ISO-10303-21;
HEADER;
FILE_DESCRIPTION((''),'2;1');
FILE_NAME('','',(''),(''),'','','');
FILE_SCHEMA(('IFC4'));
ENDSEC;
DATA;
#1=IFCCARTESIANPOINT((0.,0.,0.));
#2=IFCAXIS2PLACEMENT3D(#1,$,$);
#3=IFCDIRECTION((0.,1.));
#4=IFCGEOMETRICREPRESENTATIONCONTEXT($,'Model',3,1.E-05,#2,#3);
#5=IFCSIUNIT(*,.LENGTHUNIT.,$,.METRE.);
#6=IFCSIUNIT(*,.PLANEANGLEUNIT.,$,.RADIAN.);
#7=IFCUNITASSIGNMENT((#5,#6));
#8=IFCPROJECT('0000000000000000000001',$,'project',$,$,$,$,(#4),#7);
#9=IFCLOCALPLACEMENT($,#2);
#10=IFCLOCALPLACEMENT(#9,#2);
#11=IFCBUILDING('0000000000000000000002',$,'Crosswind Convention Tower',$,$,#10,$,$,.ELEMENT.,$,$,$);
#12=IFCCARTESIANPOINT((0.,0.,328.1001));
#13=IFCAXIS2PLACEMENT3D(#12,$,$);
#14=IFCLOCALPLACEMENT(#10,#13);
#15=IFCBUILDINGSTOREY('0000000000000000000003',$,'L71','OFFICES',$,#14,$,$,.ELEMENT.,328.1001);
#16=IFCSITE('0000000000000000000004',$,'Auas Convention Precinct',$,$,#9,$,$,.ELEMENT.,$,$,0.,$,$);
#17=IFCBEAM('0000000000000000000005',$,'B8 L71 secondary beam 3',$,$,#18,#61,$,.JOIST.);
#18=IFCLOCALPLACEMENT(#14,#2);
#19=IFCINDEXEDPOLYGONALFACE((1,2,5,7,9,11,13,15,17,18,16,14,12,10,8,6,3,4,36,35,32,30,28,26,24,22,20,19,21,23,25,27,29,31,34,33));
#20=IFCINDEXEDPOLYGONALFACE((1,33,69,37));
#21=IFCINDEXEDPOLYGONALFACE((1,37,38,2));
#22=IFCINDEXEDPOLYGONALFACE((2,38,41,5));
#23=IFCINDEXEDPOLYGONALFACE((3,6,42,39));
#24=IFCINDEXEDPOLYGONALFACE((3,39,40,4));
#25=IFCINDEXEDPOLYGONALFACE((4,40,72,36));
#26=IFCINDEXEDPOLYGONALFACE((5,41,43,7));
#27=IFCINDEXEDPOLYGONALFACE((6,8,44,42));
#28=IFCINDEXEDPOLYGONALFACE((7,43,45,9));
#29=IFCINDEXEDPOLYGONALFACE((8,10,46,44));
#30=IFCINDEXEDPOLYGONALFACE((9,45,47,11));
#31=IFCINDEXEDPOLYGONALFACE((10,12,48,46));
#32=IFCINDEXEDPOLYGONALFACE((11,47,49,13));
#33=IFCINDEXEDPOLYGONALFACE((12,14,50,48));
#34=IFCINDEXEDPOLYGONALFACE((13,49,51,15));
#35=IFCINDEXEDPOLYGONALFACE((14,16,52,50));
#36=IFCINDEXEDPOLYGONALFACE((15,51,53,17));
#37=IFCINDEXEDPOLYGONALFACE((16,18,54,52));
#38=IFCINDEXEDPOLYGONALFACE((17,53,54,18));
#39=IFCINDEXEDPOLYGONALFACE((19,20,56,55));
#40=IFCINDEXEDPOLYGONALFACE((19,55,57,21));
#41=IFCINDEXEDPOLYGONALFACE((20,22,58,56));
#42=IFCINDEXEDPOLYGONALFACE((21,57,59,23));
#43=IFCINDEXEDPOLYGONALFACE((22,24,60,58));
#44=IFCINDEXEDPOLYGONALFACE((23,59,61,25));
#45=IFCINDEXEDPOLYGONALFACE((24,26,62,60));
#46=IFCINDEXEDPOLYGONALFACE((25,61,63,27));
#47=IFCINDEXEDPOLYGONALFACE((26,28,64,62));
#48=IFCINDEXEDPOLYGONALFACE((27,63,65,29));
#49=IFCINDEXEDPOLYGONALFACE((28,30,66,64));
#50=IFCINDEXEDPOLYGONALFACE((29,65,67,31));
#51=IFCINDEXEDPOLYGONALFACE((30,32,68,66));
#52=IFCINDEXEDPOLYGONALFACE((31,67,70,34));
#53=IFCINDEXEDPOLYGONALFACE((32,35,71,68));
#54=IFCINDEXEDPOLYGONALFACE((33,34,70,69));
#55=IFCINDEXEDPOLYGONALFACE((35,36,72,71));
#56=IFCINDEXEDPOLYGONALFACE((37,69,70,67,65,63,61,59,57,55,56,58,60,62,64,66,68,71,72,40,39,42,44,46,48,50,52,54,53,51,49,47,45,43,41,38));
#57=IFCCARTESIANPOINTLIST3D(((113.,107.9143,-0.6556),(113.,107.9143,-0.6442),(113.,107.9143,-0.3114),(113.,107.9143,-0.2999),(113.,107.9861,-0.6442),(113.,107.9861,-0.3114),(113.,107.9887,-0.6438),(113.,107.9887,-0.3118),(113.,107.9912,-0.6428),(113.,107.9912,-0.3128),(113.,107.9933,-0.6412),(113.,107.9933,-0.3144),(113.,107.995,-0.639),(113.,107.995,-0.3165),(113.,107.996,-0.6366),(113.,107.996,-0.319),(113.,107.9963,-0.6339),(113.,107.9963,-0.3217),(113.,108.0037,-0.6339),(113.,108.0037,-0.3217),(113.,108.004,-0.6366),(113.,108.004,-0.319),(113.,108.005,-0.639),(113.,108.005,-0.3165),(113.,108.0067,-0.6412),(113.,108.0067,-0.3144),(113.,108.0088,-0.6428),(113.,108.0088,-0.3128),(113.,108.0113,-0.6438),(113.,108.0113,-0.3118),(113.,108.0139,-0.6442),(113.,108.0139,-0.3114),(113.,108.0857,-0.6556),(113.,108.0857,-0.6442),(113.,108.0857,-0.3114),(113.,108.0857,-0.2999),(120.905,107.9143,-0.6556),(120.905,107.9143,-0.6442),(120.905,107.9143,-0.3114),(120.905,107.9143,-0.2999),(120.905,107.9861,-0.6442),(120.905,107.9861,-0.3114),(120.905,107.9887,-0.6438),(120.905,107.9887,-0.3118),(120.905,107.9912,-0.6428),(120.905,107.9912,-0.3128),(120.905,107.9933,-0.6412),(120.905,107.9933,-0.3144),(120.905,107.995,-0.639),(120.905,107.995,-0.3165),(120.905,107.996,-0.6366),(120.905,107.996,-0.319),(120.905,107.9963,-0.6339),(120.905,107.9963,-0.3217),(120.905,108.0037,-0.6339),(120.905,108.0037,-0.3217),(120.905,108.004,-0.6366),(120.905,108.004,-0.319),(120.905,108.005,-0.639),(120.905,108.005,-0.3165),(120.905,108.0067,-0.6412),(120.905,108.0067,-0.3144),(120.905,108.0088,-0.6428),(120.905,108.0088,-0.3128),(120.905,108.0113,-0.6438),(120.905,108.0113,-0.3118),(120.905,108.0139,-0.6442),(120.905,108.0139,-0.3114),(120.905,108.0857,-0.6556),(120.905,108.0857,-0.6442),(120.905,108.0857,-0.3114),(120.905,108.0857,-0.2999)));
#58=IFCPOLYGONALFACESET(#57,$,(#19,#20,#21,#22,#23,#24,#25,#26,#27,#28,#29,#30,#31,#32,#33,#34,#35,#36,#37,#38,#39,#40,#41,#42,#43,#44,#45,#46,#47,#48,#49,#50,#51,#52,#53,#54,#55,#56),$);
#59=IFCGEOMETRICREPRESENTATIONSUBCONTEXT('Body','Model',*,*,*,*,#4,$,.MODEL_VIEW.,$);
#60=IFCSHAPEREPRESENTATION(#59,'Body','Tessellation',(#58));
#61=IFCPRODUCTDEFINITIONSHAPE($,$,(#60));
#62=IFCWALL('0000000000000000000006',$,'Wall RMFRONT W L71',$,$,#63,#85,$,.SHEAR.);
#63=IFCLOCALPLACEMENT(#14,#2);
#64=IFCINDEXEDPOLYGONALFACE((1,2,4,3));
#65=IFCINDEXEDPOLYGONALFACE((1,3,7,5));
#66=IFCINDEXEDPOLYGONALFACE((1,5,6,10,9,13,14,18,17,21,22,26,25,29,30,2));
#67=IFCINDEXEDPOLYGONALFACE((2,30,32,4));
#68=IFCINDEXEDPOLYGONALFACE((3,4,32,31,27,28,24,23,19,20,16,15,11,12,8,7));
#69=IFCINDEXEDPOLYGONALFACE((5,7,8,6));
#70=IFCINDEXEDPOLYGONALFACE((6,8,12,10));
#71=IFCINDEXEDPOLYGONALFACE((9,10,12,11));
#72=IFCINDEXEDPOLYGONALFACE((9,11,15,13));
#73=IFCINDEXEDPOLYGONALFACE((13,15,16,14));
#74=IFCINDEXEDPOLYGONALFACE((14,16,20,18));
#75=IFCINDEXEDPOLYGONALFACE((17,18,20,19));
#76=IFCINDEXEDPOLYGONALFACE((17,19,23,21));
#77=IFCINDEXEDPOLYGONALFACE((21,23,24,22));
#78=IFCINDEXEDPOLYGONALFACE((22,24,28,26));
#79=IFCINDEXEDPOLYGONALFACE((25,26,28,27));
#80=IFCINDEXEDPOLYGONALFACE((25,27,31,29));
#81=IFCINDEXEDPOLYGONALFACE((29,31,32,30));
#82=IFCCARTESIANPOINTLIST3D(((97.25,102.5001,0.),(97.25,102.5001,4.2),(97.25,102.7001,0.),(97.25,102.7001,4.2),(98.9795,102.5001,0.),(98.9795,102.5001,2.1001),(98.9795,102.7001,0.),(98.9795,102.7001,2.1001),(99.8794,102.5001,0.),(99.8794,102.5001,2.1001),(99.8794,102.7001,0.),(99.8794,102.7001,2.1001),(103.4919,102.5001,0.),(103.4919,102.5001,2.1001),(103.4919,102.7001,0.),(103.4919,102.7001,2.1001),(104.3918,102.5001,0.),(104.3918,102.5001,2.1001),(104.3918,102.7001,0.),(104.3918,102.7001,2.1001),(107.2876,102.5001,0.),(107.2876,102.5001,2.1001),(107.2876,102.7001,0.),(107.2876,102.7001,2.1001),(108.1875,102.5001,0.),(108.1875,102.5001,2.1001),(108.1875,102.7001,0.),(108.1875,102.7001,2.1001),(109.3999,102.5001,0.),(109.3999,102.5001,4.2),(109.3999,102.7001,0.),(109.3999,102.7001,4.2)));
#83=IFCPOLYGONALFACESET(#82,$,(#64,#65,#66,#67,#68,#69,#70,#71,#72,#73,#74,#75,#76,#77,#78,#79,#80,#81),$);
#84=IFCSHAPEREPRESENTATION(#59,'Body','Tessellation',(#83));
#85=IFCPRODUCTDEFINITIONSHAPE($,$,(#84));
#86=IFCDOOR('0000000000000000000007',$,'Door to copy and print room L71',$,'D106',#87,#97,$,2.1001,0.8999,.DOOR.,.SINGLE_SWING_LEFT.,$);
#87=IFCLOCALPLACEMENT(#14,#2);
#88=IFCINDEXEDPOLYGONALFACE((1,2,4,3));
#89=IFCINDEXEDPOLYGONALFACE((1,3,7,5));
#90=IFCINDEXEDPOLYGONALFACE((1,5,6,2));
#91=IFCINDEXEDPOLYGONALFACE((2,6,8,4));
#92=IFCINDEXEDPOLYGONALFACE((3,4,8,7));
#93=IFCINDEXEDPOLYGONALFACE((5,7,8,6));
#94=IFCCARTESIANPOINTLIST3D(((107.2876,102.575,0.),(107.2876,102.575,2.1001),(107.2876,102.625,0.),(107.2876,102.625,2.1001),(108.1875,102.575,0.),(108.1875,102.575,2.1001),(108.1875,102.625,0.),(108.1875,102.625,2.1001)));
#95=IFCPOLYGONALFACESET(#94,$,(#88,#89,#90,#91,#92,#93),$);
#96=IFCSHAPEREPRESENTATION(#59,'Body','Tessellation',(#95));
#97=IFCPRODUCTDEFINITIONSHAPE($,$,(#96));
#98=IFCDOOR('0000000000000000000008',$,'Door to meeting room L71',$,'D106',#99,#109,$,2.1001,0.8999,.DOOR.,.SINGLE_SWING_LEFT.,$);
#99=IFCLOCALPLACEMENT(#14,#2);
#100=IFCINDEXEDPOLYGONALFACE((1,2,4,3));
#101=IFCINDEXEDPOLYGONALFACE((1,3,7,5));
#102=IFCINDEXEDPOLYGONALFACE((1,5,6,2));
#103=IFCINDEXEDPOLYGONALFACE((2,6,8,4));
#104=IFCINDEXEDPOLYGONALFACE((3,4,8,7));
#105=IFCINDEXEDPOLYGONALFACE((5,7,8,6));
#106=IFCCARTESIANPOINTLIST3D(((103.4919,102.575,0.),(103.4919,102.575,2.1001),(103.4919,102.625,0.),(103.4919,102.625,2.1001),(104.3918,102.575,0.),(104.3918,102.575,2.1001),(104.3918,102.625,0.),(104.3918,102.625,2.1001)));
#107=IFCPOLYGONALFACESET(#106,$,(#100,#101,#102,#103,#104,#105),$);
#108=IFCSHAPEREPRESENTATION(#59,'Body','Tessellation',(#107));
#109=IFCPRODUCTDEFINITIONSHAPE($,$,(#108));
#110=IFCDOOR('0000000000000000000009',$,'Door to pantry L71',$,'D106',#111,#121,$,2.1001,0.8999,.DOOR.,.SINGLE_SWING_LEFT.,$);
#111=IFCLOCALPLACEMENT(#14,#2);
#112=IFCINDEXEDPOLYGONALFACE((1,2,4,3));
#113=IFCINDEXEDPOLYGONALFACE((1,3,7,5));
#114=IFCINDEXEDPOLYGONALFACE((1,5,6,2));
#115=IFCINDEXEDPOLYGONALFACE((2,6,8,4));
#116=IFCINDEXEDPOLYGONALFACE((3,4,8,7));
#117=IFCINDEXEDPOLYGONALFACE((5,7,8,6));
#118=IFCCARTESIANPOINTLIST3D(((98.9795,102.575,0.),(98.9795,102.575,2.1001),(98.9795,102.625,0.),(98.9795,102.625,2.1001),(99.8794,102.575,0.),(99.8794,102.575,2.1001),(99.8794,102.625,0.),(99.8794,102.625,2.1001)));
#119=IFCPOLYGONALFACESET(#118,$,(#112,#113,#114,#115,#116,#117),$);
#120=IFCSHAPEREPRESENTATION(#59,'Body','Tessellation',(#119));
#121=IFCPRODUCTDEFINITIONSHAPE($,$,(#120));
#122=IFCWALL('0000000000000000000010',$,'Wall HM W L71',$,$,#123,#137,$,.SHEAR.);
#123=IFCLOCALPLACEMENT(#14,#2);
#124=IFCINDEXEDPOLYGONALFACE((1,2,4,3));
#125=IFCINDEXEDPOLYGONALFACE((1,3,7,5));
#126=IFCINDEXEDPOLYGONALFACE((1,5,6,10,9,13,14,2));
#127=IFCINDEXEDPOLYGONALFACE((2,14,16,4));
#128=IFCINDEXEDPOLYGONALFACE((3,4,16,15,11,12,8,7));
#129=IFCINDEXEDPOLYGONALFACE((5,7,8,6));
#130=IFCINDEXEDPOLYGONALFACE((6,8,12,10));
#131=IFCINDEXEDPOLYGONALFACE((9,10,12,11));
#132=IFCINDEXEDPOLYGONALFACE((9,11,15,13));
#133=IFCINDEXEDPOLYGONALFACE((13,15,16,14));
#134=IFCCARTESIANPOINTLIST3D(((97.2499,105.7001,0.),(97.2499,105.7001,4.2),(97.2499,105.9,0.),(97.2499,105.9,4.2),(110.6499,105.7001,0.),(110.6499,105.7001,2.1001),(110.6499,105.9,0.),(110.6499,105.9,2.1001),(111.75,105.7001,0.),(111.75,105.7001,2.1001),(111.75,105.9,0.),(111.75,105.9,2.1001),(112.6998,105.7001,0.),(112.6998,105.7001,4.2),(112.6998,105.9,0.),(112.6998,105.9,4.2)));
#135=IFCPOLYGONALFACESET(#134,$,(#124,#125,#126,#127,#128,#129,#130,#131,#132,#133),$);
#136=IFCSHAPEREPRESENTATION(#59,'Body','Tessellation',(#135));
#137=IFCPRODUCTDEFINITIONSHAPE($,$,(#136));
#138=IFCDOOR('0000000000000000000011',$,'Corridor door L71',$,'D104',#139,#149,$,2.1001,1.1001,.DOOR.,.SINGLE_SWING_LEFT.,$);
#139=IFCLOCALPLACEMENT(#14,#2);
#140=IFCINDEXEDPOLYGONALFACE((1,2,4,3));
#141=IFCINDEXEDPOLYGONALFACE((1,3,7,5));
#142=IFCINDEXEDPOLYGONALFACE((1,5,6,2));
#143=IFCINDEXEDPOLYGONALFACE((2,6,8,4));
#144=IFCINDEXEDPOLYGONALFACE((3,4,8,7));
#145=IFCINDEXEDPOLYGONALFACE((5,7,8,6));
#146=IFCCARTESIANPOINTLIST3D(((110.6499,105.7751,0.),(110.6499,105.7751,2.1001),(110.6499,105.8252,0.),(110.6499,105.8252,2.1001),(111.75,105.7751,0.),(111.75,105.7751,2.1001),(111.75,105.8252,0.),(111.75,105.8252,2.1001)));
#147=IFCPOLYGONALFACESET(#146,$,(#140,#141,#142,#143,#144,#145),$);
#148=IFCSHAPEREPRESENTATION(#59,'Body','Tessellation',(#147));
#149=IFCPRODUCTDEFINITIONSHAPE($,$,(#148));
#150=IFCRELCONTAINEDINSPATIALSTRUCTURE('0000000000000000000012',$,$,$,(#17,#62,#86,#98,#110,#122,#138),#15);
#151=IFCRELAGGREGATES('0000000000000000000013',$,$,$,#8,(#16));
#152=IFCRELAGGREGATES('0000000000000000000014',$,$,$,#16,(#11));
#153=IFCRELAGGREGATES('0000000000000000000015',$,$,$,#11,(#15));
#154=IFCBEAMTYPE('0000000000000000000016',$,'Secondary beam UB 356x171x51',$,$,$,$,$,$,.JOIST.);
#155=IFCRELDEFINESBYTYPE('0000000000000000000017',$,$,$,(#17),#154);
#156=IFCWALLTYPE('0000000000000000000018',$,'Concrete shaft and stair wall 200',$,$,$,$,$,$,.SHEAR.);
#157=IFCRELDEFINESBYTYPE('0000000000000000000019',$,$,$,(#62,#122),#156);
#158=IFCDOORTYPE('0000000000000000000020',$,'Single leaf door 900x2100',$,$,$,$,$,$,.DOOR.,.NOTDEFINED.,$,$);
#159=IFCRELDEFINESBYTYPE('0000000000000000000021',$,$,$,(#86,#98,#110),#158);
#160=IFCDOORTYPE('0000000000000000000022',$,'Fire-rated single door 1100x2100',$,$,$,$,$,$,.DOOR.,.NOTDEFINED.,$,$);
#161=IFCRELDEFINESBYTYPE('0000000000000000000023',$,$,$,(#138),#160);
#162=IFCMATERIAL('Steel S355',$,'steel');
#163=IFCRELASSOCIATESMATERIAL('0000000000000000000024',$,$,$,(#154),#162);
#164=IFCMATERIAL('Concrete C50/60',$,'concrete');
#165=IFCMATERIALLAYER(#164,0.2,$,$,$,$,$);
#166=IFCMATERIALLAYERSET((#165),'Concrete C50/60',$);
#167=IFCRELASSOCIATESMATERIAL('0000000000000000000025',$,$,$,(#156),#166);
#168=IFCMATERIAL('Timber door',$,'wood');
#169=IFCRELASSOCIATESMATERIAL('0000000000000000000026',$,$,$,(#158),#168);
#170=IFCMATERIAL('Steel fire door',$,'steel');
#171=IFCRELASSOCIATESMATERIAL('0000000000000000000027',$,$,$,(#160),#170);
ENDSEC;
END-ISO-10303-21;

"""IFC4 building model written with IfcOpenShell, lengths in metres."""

from ifc_helpers import new_model, si_unit, direction, frame, frame_2d, origin, origin_2d, place, context, subcontext, project, spatial, rectangle, i_section, extrude, material, layer, layer_set, material_profile, profile_set, type_object, element, fill, save


model = new_model("IFC4")

# Units and contexts
model_context = context("Model", 3, precision=1e-05, world=origin(), true_north=direction((0.0, 1.0)))
body_context = subcontext(model_context, "Body", "Model", "MODEL_VIEW")
ifc_project = project(units=[si_unit("LENGTHUNIT", "METRE"), si_unit("PLANEANGLEUNIT", "RADIAN")], contexts=[model_context])

# Site, building, storey
site_placement = place(None, origin())
site = spatial("IfcSite", under=ifc_project, at=site_placement, Name="Auas Convention Precinct", CompositionType="ELEMENT", RefElevation=0.0)
building_placement = place(site_placement, origin())
building = spatial("IfcBuilding", under=site, at=building_placement, Name="Crosswind Convention Tower", CompositionType="ELEMENT")
storey_placement = place(building_placement, frame((0.0, 0.0, 328.1001)))
storey = spatial("IfcBuildingStorey", under=building, at=storey_placement, Name="L71", Description="OFFICES", CompositionType="ELEMENT", Elevation=328.1001)

# Beam
ifc_material_1 = material(Name="Steel S355", Category="steel")
ifc_material_profile_1 = material_profile(ifc_material_1, i_section(OverallWidth=0.1714, OverallDepth=0.3557, WebThickness=0.0073, FlangeThickness=0.0115, FilletRadius=0.0103, at=origin_2d()), Name="UB 356x171x51")
ifc_profile_set_1 = profile_set([ifc_material_profile_1], Name="Steel S355")
beam_type_1 = type_object("IfcBeamType", Name="Secondary beam UB 356x171x51", PredefinedType="JOIST", material=ifc_profile_set_1)
for number, where, z_axis, x_axis, name in (
    (1, (113.0, 108.0, -0.4778), (1.0, 0.0, 0.0), (0.0, 1.0, 0.0), "B8 L71 secondary beam 3"),
):
    element("IfcBeam", number, at=place(storey_placement, frame(where, z_axis=z_axis, x_axis=x_axis)), inside=storey, type_object=beam_type_1, Name=name, PredefinedType="JOIST", context=body_context, shape_type="SweptSolid", body=[
        extrude(i_section(OverallWidth=0.1714, OverallDepth=0.3557, WebThickness=0.0073, FlangeThickness=0.0115, FilletRadius=0.0103, at=origin_2d()), origin(), (0.0, 0.0, 1.0), 7.905),
    ])

# Wall, openings, doors
ifc_material_2 = material(Name="Concrete C50/60", Category="concrete")
ifc_layer_1 = layer(ifc_material_2, 0.2)
ifc_layer_set_1 = layer_set([ifc_layer_1], Name="Concrete C50/60")
wall_type_1 = type_object("IfcWallType", Name="Concrete shaft and stair wall 200", PredefinedType="SHEAR", material=ifc_layer_set_1)
wall_1_placement = place(storey_placement, frame((109.3999, 102.6001, 0.0), z_axis=(0.0, 0.0, 1.0), x_axis=(-1.0, 0.0, 0.0)))
wall_1 = element("IfcWall", 2, at=wall_1_placement, inside=storey, type_object=wall_type_1, Name="Wall RMFRONT W L71", PredefinedType="SHEAR", context=body_context, shape_type="SweptSolid", body=[
    extrude(rectangle(XDim=12.1499, YDim=0.2, at=frame_2d((6.075, 0.0))), origin(), (0.0, 0.0, 1.0), 4.2),
])
opening_1_placement = place(wall_1_placement, frame((1.2124, 0.0, 0.0)))
opening_1 = element("IfcOpeningElement", 3, at=opening_1_placement, cuts=wall_1, PredefinedType="OPENING", context=body_context, shape_type="SweptSolid", body=[
    extrude(rectangle(XDim=0.8999, YDim=2.1001, at=frame_2d((0.45, 1.05))), frame((0.0, 0.1099, 0.0), z_axis=(0.0, -1.0, 0.0), x_axis=(1.0, 0.0, 0.0)), (0.0, 0.0, 1.0), 0.22),
])
opening_2_placement = place(wall_1_placement, frame((5.0081, 0.0, 0.0)))
opening_2 = element("IfcOpeningElement", 4, at=opening_2_placement, cuts=wall_1, PredefinedType="OPENING", context=body_context, shape_type="SweptSolid", body=[
    extrude(rectangle(XDim=0.8999, YDim=2.1001, at=frame_2d((0.45, 1.05))), frame((0.0, 0.1099, 0.0), z_axis=(0.0, -1.0, 0.0), x_axis=(1.0, 0.0, 0.0)), (0.0, 0.0, 1.0), 0.22),
])
opening_3_placement = place(wall_1_placement, frame((9.5205, 0.0, 0.0)))
opening_3 = element("IfcOpeningElement", 5, at=opening_3_placement, cuts=wall_1, PredefinedType="OPENING", context=body_context, shape_type="SweptSolid", body=[
    extrude(rectangle(XDim=0.8999, YDim=2.1001, at=frame_2d((0.45, 1.05))), frame((0.0, 0.1099, 0.0), z_axis=(0.0, -1.0, 0.0), x_axis=(1.0, 0.0, 0.0)), (0.0, 0.0, 1.0), 0.22),
])
ifc_material_3 = material(Name="Timber door", Category="wood")
door_type_1 = type_object("IfcDoorType", Name="Single leaf door 900x2100", OperationType="NOTDEFINED", PredefinedType="DOOR", material=ifc_material_3)
door_1_placement = place(opening_1_placement, frame((0.8999, 0.0, 0.0), z_axis=(0.0, 0.0, 1.0), x_axis=(-1.0, 0.0, 0.0)))
door_1 = element("IfcDoor", 6, at=door_1_placement, inside=storey, type_object=door_type_1, Name="Door to copy and print room L71", ObjectType="D106", OperationType="SINGLE_SWING_LEFT", OverallHeight=2.1001, OverallWidth=0.8999, PredefinedType="DOOR", context=body_context, shape_type="SweptSolid", body=[
    extrude(rectangle(XDim=0.8999, YDim=2.1001, at=frame_2d((0.45, 1.05))), frame((0.0, 0.0249, 0.0), z_axis=(0.0, -1.0, 0.0), x_axis=(1.0, 0.0, 0.0)), (0.0, 0.0, 1.0), 0.05),
])
fill(opening_1, door_1)
door_2_placement = place(opening_2_placement, frame((0.8999, 0.0, 0.0), z_axis=(0.0, 0.0, 1.0), x_axis=(-1.0, 0.0, 0.0)))
door_2 = element("IfcDoor", 7, at=door_2_placement, inside=storey, type_object=door_type_1, Name="Door to meeting room L71", ObjectType="D106", OperationType="SINGLE_SWING_LEFT", OverallHeight=2.1001, OverallWidth=0.8999, PredefinedType="DOOR", context=body_context, shape_type="SweptSolid", body=[
    extrude(rectangle(XDim=0.8999, YDim=2.1001, at=frame_2d((0.45, 1.05))), frame((0.0, 0.0249, 0.0), z_axis=(0.0, -1.0, 0.0), x_axis=(1.0, 0.0, 0.0)), (0.0, 0.0, 1.0), 0.05),
])
fill(opening_2, door_2)
door_3_placement = place(opening_3_placement, frame((0.8999, 0.0, 0.0), z_axis=(0.0, 0.0, 1.0), x_axis=(-1.0, 0.0, 0.0)))
door_3 = element("IfcDoor", 8, at=door_3_placement, inside=storey, type_object=door_type_1, Name="Door to pantry L71", ObjectType="D106", OperationType="SINGLE_SWING_LEFT", OverallHeight=2.1001, OverallWidth=0.8999, PredefinedType="DOOR", context=body_context, shape_type="SweptSolid", body=[
    extrude(rectangle(XDim=0.8999, YDim=2.1001, at=frame_2d((0.45, 1.05))), frame((0.0, 0.0249, 0.0), z_axis=(0.0, -1.0, 0.0), x_axis=(1.0, 0.0, 0.0)), (0.0, 0.0, 1.0), 0.05),
])
fill(opening_3, door_3)

# Wall, opening, door
wall_2_placement = place(storey_placement, frame((112.7, 105.8, 0.0), z_axis=(0.0, 0.0, 1.0), x_axis=(-1.0, 0.0, 0.0)))
wall_2 = element("IfcWall", 9, at=wall_2_placement, inside=storey, type_object=wall_type_1, Name="Wall HM W L71", PredefinedType="SHEAR", context=body_context, shape_type="SweptSolid", body=[
    extrude(rectangle(XDim=15.45, YDim=0.2, at=frame_2d((7.7251, 0.0))), origin(), (0.0, 0.0, 1.0), 4.2),
])
opening_4_placement = place(wall_2_placement, frame((0.95, 0.0, 0.0)))
opening_4 = element("IfcOpeningElement", 10, at=opening_4_placement, cuts=wall_2, PredefinedType="OPENING", context=body_context, shape_type="SweptSolid", body=[
    extrude(rectangle(XDim=1.1001, YDim=2.1001, at=frame_2d((0.55, 1.05))), frame((0.0, 0.1099, 0.0), z_axis=(0.0, -1.0, 0.0), x_axis=(1.0, 0.0, 0.0)), (0.0, 0.0, 1.0), 0.22),
])
ifc_material_4 = material(Name="Steel fire door", Category="steel")
door_type_2 = type_object("IfcDoorType", Name="Fire-rated single door 1100x2100", OperationType="NOTDEFINED", PredefinedType="DOOR", material=ifc_material_4)
door_4_placement = place(opening_4_placement, origin())
door_4 = element("IfcDoor", 11, at=door_4_placement, inside=storey, type_object=door_type_2, Name="Corridor door L71", ObjectType="D104", OperationType="SINGLE_SWING_LEFT", OverallHeight=2.1001, OverallWidth=1.1001, PredefinedType="DOOR", context=body_context, shape_type="SweptSolid", body=[
    extrude(rectangle(XDim=1.1001, YDim=2.1001, at=frame_2d((0.55, 1.05))), frame((0.0, 0.0249, 0.0), z_axis=(0.0, -1.0, 0.0), x_axis=(1.0, 0.0, 0.0)), (0.0, 0.0, 1.0), 0.05),
])
fill(opening_4, door_4)

save(model, "model.ifc")
